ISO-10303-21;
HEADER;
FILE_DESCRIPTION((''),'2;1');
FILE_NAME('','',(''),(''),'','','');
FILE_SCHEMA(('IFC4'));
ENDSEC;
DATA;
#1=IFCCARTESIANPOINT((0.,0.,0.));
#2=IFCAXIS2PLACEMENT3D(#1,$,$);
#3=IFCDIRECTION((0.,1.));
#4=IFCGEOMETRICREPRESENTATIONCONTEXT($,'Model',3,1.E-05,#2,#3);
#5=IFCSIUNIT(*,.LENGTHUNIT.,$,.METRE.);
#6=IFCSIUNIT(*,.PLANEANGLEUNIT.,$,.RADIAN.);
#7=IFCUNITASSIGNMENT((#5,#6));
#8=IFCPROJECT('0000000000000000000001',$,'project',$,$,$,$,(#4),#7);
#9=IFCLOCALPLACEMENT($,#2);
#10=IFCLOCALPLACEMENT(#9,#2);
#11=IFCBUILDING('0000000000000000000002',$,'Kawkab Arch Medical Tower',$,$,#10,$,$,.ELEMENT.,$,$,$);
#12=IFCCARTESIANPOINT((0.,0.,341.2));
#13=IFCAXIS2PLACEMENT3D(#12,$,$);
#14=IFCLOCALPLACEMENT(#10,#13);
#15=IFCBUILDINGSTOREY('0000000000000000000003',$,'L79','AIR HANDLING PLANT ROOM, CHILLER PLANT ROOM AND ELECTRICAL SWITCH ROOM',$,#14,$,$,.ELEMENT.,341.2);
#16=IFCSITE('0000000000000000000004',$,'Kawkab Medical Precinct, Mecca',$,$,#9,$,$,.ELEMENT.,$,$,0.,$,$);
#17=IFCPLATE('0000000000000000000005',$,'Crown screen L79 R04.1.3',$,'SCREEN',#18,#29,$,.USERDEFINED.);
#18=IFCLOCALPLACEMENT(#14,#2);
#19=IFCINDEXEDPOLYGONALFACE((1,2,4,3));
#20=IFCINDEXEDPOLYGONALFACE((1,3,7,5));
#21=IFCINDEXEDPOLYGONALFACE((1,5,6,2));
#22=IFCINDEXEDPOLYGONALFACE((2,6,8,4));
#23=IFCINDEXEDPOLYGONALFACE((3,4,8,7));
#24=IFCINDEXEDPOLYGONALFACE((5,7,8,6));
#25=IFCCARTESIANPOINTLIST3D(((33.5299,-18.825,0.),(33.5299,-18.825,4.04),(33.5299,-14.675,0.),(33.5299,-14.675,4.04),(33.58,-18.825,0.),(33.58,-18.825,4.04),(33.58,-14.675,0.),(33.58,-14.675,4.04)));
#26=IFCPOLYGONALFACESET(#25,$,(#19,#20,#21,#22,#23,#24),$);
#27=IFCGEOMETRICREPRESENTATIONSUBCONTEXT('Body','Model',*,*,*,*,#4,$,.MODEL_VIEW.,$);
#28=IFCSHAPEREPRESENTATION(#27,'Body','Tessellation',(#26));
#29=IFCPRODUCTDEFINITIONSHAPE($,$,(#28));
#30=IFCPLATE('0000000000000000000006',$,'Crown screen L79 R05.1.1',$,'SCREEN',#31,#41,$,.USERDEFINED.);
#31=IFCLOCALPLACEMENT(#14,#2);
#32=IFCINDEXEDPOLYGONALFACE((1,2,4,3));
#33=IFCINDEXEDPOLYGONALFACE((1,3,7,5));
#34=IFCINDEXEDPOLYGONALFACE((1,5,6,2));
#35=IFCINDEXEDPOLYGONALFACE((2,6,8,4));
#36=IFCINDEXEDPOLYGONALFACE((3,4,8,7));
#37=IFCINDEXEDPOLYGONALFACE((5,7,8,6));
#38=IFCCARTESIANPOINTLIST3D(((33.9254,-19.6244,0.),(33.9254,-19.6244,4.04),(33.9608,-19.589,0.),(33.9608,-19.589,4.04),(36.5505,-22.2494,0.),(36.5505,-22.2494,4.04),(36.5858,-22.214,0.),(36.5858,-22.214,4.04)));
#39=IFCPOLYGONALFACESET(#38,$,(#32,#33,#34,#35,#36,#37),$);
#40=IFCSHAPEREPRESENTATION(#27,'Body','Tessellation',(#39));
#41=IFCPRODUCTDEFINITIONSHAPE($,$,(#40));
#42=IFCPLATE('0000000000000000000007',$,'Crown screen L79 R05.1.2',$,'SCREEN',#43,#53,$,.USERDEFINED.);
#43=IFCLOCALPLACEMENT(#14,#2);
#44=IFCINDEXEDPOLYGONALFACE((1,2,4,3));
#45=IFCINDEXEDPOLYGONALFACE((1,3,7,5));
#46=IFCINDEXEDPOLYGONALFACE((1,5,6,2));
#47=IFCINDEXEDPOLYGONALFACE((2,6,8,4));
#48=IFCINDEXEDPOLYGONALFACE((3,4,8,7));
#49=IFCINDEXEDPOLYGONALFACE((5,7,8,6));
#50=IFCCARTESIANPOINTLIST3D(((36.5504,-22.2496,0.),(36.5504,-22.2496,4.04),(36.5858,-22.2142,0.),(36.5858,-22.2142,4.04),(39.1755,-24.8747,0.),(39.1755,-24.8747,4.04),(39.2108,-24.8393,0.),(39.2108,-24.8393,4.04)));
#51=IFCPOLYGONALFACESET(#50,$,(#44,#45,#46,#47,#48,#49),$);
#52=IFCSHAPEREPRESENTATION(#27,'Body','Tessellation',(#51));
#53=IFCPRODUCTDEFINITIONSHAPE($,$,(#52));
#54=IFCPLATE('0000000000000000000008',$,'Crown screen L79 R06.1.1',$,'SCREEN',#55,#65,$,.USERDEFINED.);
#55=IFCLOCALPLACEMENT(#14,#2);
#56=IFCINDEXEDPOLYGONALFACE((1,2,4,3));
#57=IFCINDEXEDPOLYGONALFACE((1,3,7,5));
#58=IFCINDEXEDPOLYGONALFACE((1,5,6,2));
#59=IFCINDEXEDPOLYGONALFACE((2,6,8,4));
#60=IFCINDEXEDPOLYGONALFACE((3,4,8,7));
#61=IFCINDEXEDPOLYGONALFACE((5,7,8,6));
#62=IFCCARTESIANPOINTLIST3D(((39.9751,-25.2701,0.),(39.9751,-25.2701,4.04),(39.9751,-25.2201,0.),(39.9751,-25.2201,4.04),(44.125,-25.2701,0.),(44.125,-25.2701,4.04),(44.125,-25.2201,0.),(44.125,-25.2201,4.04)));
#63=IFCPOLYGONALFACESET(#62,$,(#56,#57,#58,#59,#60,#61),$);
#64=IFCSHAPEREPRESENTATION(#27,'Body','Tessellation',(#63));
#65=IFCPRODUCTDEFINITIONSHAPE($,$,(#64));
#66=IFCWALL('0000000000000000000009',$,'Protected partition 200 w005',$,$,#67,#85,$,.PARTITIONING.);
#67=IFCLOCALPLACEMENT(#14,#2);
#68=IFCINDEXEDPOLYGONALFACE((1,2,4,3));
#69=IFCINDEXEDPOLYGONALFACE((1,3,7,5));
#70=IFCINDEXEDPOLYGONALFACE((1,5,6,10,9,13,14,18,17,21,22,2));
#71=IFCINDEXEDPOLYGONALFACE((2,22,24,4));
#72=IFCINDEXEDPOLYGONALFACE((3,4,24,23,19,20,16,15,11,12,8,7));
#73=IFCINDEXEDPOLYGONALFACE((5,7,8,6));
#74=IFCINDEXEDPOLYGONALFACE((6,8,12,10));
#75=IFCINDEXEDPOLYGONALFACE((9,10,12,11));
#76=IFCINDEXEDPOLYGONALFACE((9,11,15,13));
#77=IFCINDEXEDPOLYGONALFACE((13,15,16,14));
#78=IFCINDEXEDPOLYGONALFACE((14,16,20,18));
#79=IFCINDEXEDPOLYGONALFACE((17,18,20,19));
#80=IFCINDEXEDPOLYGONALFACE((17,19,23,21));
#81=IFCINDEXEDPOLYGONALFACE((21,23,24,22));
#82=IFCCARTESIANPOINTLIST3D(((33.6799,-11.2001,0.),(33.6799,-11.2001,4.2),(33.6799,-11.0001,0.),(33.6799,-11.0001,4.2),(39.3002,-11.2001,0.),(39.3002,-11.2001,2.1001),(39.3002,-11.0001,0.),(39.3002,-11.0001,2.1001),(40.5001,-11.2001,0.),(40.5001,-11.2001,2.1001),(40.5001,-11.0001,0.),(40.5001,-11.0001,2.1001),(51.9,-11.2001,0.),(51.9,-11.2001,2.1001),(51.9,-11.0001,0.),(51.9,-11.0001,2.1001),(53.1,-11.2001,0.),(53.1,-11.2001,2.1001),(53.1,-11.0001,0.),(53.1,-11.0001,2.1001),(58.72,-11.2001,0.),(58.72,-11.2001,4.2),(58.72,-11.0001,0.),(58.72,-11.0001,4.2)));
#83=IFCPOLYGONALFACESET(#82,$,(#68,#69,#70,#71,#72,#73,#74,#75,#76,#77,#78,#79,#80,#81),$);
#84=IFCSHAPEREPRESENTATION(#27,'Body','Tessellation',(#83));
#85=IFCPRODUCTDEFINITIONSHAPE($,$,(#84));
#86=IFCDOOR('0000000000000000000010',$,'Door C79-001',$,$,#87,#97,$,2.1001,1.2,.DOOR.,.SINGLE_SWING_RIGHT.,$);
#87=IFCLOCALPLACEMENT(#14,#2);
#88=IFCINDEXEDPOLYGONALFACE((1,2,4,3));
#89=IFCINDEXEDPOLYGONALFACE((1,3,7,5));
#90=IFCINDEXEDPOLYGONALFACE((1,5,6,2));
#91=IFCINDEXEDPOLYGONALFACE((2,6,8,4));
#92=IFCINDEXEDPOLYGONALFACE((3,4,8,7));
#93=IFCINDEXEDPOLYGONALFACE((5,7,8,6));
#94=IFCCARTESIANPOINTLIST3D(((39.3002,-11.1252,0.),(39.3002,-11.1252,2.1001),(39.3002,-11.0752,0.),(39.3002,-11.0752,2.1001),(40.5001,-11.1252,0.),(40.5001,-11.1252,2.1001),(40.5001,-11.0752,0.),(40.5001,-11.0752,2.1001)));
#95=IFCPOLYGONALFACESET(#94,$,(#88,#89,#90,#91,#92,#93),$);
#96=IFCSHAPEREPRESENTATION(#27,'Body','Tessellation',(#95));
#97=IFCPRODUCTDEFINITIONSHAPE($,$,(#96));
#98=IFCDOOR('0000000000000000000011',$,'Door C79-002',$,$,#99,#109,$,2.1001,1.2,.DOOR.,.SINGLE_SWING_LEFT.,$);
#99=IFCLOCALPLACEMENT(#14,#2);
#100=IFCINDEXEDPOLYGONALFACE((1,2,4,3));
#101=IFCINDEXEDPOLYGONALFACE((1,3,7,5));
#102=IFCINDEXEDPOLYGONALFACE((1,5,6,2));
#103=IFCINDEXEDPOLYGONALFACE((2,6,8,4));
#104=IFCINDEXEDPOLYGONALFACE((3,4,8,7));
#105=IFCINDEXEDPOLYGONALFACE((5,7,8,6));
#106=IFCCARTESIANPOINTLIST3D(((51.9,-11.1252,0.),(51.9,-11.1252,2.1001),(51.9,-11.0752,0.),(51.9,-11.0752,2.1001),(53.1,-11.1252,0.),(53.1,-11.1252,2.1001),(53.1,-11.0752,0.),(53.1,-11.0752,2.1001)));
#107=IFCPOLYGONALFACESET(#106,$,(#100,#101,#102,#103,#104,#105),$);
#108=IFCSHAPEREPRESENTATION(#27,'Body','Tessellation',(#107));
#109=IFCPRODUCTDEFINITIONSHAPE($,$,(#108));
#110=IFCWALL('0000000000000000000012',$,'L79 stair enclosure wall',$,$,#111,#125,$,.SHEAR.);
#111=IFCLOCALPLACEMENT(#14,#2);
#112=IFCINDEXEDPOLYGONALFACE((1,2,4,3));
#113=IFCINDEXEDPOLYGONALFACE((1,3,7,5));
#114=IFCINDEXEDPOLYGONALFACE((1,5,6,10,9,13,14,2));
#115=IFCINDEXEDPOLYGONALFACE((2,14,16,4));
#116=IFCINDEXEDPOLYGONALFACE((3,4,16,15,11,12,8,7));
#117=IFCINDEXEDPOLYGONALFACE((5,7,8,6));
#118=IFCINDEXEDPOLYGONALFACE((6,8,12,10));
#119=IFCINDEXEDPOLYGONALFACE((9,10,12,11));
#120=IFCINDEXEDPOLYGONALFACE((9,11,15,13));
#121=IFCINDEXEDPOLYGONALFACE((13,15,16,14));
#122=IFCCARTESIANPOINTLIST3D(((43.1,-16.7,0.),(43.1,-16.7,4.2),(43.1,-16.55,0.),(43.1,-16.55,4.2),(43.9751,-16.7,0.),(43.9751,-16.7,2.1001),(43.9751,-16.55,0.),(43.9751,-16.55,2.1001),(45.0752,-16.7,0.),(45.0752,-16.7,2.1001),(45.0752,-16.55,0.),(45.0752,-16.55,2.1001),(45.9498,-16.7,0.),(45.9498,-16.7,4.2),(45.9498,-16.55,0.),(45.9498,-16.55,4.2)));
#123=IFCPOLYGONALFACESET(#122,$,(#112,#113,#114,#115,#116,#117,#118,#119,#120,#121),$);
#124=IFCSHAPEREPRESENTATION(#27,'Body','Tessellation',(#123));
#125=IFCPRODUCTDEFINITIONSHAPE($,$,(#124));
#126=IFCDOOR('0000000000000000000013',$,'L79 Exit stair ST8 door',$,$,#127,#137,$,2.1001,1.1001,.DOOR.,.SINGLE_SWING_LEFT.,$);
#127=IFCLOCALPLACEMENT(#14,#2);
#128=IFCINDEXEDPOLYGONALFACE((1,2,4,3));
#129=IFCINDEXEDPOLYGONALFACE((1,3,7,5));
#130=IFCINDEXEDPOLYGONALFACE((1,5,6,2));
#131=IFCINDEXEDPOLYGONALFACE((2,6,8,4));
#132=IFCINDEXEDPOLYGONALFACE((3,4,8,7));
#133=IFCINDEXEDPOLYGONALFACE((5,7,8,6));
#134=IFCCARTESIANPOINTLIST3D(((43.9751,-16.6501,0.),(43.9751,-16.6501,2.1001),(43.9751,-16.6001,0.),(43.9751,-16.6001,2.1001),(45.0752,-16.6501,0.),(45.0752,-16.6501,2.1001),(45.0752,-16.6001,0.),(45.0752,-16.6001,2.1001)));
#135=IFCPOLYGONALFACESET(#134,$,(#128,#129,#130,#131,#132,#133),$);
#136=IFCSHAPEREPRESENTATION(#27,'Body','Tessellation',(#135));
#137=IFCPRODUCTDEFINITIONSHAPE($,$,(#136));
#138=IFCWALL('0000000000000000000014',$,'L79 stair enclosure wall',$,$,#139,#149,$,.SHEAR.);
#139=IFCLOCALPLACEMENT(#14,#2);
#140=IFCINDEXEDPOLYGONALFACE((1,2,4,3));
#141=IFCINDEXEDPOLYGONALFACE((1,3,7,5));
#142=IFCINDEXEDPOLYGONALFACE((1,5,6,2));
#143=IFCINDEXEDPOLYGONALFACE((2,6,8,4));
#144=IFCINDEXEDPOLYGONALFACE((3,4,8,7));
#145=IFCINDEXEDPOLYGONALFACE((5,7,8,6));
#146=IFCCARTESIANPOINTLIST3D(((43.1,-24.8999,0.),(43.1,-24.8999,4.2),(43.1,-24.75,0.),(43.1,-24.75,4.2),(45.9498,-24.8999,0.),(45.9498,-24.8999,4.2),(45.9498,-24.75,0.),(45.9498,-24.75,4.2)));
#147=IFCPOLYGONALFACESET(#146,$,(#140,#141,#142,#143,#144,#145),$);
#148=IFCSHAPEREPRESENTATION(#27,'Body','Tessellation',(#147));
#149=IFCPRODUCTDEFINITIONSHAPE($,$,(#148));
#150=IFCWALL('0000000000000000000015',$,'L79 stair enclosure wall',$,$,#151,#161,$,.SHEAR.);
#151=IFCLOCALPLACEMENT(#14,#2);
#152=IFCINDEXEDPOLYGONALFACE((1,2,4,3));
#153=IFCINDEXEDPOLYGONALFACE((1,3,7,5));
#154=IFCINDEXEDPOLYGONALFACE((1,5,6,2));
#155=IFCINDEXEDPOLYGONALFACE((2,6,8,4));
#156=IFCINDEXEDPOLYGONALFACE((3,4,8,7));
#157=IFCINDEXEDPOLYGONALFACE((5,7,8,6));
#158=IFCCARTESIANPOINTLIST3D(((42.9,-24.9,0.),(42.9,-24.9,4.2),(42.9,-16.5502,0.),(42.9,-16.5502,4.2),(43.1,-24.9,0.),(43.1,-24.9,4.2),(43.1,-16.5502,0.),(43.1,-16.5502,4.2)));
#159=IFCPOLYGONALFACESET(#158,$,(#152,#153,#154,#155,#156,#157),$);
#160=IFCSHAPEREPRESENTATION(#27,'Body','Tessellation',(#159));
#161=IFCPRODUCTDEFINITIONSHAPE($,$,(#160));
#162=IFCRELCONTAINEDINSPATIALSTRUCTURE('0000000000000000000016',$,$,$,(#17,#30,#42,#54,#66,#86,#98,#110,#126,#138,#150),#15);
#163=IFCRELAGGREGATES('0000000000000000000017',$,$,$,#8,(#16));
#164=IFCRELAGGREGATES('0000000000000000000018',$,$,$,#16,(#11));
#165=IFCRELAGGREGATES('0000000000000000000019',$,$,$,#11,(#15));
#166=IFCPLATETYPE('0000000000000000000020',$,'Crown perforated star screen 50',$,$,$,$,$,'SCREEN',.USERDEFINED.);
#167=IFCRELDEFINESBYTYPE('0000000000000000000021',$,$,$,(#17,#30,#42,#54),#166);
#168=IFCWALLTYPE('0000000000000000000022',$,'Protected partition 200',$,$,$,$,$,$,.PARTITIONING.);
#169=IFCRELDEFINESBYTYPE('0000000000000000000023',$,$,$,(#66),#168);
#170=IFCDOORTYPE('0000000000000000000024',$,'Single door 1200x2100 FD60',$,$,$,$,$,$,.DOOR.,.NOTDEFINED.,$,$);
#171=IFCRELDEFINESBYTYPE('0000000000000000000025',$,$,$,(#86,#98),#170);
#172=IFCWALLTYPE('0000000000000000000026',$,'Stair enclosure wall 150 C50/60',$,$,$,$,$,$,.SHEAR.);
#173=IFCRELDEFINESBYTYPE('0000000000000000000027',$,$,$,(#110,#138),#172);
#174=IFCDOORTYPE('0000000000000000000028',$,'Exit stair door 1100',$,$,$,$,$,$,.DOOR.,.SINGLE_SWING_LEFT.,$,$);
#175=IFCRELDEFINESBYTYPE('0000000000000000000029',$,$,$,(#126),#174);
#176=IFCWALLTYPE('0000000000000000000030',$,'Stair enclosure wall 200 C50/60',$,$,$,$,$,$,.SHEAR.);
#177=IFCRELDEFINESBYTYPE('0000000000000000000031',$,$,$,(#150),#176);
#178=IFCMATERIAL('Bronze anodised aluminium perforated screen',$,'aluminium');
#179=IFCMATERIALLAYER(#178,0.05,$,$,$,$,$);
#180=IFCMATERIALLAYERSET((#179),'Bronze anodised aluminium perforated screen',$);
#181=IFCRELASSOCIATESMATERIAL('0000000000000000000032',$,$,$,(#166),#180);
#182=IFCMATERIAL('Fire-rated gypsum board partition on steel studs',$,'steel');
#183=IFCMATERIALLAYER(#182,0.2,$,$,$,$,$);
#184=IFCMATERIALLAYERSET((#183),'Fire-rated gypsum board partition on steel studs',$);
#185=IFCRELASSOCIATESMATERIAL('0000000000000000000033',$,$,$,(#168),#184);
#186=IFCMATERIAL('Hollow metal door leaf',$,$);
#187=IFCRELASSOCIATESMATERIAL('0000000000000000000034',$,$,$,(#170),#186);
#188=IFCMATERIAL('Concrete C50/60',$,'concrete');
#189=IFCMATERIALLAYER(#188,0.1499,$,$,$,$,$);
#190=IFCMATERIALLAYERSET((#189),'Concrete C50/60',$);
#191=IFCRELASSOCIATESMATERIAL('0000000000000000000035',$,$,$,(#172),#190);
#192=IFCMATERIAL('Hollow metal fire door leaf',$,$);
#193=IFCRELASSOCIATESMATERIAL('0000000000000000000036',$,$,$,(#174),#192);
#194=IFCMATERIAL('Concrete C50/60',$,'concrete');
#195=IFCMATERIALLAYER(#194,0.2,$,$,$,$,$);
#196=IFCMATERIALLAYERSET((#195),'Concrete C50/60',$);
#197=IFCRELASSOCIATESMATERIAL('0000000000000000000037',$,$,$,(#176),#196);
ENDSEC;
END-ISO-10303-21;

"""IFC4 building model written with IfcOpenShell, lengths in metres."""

from ifc_helpers import new_model, si_unit, direction, frame, frame_2d, origin, origin_2d, place, context, subcontext, project, spatial, rectangle, extrude, material, layer, layer_set, type_object, element, fill, save


model = new_model("IFC4")

# Units and contexts
model_context = context("Model", 3, precision=1e-05, world=origin(), true_north=direction((0.0, 1.0)))
body_context = subcontext(model_context, "Body", "Model", "MODEL_VIEW")
ifc_project = project(units=[si_unit("LENGTHUNIT", "METRE"), si_unit("PLANEANGLEUNIT", "RADIAN")], contexts=[model_context])

# Site, building, storey
site_placement = place(None, origin())
site = spatial("IfcSite", under=ifc_project, at=site_placement, Name="Kawkab Medical Precinct, Mecca", CompositionType="ELEMENT", RefElevation=0.0)
building_placement = place(site_placement, origin())
building = spatial("IfcBuilding", under=site, at=building_placement, Name="Kawkab Arch Medical Tower", CompositionType="ELEMENT")
storey_placement = place(building_placement, frame((0.0, 0.0, 341.2)))
storey = spatial("IfcBuildingStorey", under=building, at=storey_placement, Name="L79", Description="AIR HANDLING PLANT ROOM, CHILLER PLANT ROOM AND ELECTRICAL SWITCH ROOM", CompositionType="ELEMENT", Elevation=341.2)

# Plates
ifc_material_1 = material(Name="Bronze anodised aluminium perforated screen", Category="aluminium")
ifc_layer_1 = layer(ifc_material_1, 0.05)
ifc_layer_set_1 = layer_set([ifc_layer_1], Name="Bronze anodised aluminium perforated screen")
plate_type_1 = type_object("IfcPlateType", Name="Crown perforated star screen 50", ElementType="SCREEN", PredefinedType="USERDEFINED", material=ifc_layer_set_1)
for number, where, z_axis, x_axis, name in (
    (1, (33.5549, -16.75, 0.0), (0.0, 0.0, 1.0), (0.0, -1.0, 0.0), "Crown screen L79 R04.1.3"),
):
    element("IfcPlate", number, at=place(storey_placement, frame(where, z_axis=z_axis, x_axis=x_axis)), inside=storey, type_object=plate_type_1, Name=name, ObjectType="SCREEN", PredefinedType="USERDEFINED", context=body_context, shape_type="SweptSolid", body=[
        extrude(rectangle(XDim=4.1499, YDim=0.05, at=origin_2d()), origin(), (0.0, 0.0, 1.0), 4.04),
    ])
for number, where, z_axis, x_axis, name in (
    (2, (35.2556, -20.9192, 0.0), (0.0, 0.0, 1.0), (0.707107, -0.707107, 0.0), "Crown screen L79 R05.1.1"),
    (3, (37.8806, -23.5444, 0.0), (0.0, 0.0, 1.0), (0.707107, -0.707107, 0.0), "Crown screen L79 R05.1.2"),
):
    element("IfcPlate", number, at=place(storey_placement, frame(where, z_axis=z_axis, x_axis=x_axis)), inside=storey, type_object=plate_type_1, Name=name, ObjectType="SCREEN", PredefinedType="USERDEFINED", context=body_context, shape_type="SweptSolid", body=[
        extrude(rectangle(XDim=3.7124, YDim=0.05, at=origin_2d()), origin(), (0.0, 0.0, 1.0), 4.04),
    ])
plate_1_placement = place(storey_placement, frame((42.05, -25.2451, 0.0), z_axis=(0.0, 0.0, 1.0), x_axis=(1.0, 0.0, 0.0)))
element("IfcPlate", 4, at=plate_1_placement, inside=storey, type_object=plate_type_1, Name="Crown screen L79 R06.1.1", ObjectType="SCREEN", PredefinedType="USERDEFINED", context=body_context, shape_type="SweptSolid", body=[
    extrude(rectangle(XDim=4.1499, YDim=0.05, at=origin_2d()), origin(), (0.0, 0.0, 1.0), 4.04),
])

# Wall, openings, doors
ifc_material_2 = material(Name="Fire-rated gypsum board partition on steel studs", Category="steel")
ifc_layer_2 = layer(ifc_material_2, 0.2)
ifc_layer_set_2 = layer_set([ifc_layer_2], Name="Fire-rated gypsum board partition on steel studs")
wall_type_1 = type_object("IfcWallType", Name="Protected partition 200", PredefinedType="PARTITIONING", material=ifc_layer_set_2)
wall_1_placement = place(storey_placement, frame((33.6799, -11.1001, 0.0), z_axis=(0.0, 0.0, 1.0), x_axis=(1.0, 0.0, 0.0)))
wall_1 = element("IfcWall", 5, at=wall_1_placement, inside=storey, type_object=wall_type_1, Name="Protected partition 200 w005", PredefinedType="PARTITIONING", context=body_context, shape_type="SweptSolid", body=[
    extrude(rectangle(XDim=25.04, YDim=0.2, at=frame_2d((12.52, 0.0))), origin(), (0.0, 0.0, 1.0), 4.2),
])
opening_1_placement = place(wall_1_placement, frame((5.6201, 0.0, 0.0)))
opening_1 = element("IfcOpeningElement", 6, at=opening_1_placement, cuts=wall_1, PredefinedType="OPENING", context=body_context, shape_type="SweptSolid", body=[
    extrude(rectangle(XDim=1.2, YDim=2.1001, at=frame_2d((0.6001, 1.05))), frame((0.0, 0.1099, 0.0), z_axis=(0.0, -1.0, 0.0), x_axis=(1.0, 0.0, 0.0)), (0.0, 0.0, 1.0), 0.22),
])
opening_2_placement = place(wall_1_placement, frame((18.22, 0.0, 0.0)))
opening_2 = element("IfcOpeningElement", 7, at=opening_2_placement, cuts=wall_1, PredefinedType="OPENING", context=body_context, shape_type="SweptSolid", body=[
    extrude(rectangle(XDim=1.2, YDim=2.1001, at=frame_2d((0.6001, 1.05))), frame((0.0, 0.1099, 0.0), z_axis=(0.0, -1.0, 0.0), x_axis=(1.0, 0.0, 0.0)), (0.0, 0.0, 1.0), 0.22),
])
ifc_material_3 = material(Name="Hollow metal door leaf")
door_type_1 = type_object("IfcDoorType", Name="Single door 1200x2100 FD60", OperationType="NOTDEFINED", PredefinedType="DOOR", material=ifc_material_3)
door_1_placement = place(opening_1_placement, origin())
door_1 = element("IfcDoor", 8, at=door_1_placement, inside=storey, type_object=door_type_1, Name="Door C79-001", OperationType="SINGLE_SWING_RIGHT", OverallHeight=2.1001, OverallWidth=1.2, PredefinedType="DOOR", context=body_context, shape_type="SweptSolid", body=[
    extrude(rectangle(XDim=1.2, YDim=2.1001, at=frame_2d((0.6001, 1.05))), frame((0.0, 0.0249, 0.0), z_axis=(0.0, -1.0, 0.0), x_axis=(1.0, 0.0, 0.0)), (0.0, 0.0, 1.0), 0.05),
])
fill(opening_1, door_1)
door_2_placement = place(opening_2_placement, origin())
door_2 = element("IfcDoor", 9, at=door_2_placement, inside=storey, type_object=door_type_1, Name="Door C79-002", OperationType="SINGLE_SWING_LEFT", OverallHeight=2.1001, OverallWidth=1.2, PredefinedType="DOOR", context=body_context, shape_type="SweptSolid", body=[
    extrude(rectangle(XDim=1.2, YDim=2.1001, at=frame_2d((0.6001, 1.05))), frame((0.0, 0.0249, 0.0), z_axis=(0.0, -1.0, 0.0), x_axis=(1.0, 0.0, 0.0)), (0.0, 0.0, 1.0), 0.05),
])
fill(opening_2, door_2)

# Wall, opening, door
ifc_material_4 = material(Name="Concrete C50/60", Category="concrete")
ifc_layer_3 = layer(ifc_material_4, 0.1499)
ifc_layer_set_3 = layer_set([ifc_layer_3], Name="Concrete C50/60")
wall_type_2 = type_object("IfcWallType", Name="Stair enclosure wall 150 C50/60", PredefinedType="SHEAR", material=ifc_layer_set_3)
wall_2_placement = place(storey_placement, frame((43.1001, -16.625, 0.0), z_axis=(0.0, 0.0, 1.0), x_axis=(1.0, 0.0, 0.0)))
wall_2 = element("IfcWall", 10, at=wall_2_placement, inside=storey, type_object=wall_type_2, Name="L79 stair enclosure wall", PredefinedType="SHEAR", context=body_context, shape_type="SweptSolid", body=[
    extrude(rectangle(XDim=2.8499, YDim=0.1499, at=frame_2d((1.4248, 0.0))), origin(), (0.0, 0.0, 1.0), 4.2),
])
opening_3_placement = place(wall_2_placement, frame((0.875, 0.0, 0.0)))
opening_3 = element("IfcOpeningElement", 11, at=opening_3_placement, cuts=wall_2, PredefinedType="OPENING", context=body_context, shape_type="SweptSolid", body=[
    extrude(rectangle(XDim=1.1001, YDim=2.1001, at=frame_2d((0.55, 1.05))), frame((0.0, 0.085, 0.0), z_axis=(0.0, -1.0, 0.0), x_axis=(1.0, 0.0, 0.0)), (0.0, 0.0, 1.0), 0.1699),
])
ifc_material_5 = material(Name="Hollow metal fire door leaf")
door_type_2 = type_object("IfcDoorType", Name="Exit stair door 1100", OperationType="SINGLE_SWING_LEFT", PredefinedType="DOOR", material=ifc_material_5)
door_3_placement = place(opening_3_placement, origin())
door_3 = element("IfcDoor", 12, at=door_3_placement, inside=storey, type_object=door_type_2, Name="L79 Exit stair ST8 door", OperationType="SINGLE_SWING_LEFT", OverallHeight=2.1001, OverallWidth=1.1001, PredefinedType="DOOR", context=body_context, shape_type="SweptSolid", body=[
    extrude(rectangle(XDim=1.1001, YDim=2.1001, at=frame_2d((0.55, 1.05))), frame((0.0, 0.0249, 0.0), z_axis=(0.0, -1.0, 0.0), x_axis=(1.0, 0.0, 0.0)), (0.0, 0.0, 1.0), 0.05),
])
fill(opening_3, door_3)

# Walls
wall_3_placement = place(storey_placement, frame((43.1001, -24.825, 0.0), z_axis=(0.0, 0.0, 1.0), x_axis=(1.0, 0.0, 0.0)))
element("IfcWall", 13, at=wall_3_placement, inside=storey, type_object=wall_type_2, Name="L79 stair enclosure wall", PredefinedType="SHEAR", context=body_context, shape_type="SweptSolid", body=[
    extrude(rectangle(XDim=2.8499, YDim=0.1499, at=frame_2d((1.4248, 0.0))), origin(), (0.0, 0.0, 1.0), 4.2),
])
ifc_material_6 = material(Name="Concrete C50/60", Category="concrete")
ifc_layer_4 = layer(ifc_material_6, 0.2)
ifc_layer_set_4 = layer_set([ifc_layer_4], Name="Concrete C50/60")
wall_type_3 = type_object("IfcWallType", Name="Stair enclosure wall 200 C50/60", PredefinedType="SHEAR", material=ifc_layer_set_4)
wall_4_placement = place(storey_placement, frame((43.0, -24.8999, 0.0), z_axis=(0.0, 0.0, 1.0), x_axis=(0.0, 1.0, 0.0)))
element("IfcWall", 14, at=wall_4_placement, inside=storey, type_object=wall_type_3, Name="L79 stair enclosure wall", PredefinedType="SHEAR", context=body_context, shape_type="SweptSolid", body=[
    extrude(rectangle(XDim=8.3499, YDim=0.2, at=frame_2d((4.1748, 0.0))), origin(), (0.0, 0.0, 1.0), 4.2),
])

save(model, "model.ifc")
